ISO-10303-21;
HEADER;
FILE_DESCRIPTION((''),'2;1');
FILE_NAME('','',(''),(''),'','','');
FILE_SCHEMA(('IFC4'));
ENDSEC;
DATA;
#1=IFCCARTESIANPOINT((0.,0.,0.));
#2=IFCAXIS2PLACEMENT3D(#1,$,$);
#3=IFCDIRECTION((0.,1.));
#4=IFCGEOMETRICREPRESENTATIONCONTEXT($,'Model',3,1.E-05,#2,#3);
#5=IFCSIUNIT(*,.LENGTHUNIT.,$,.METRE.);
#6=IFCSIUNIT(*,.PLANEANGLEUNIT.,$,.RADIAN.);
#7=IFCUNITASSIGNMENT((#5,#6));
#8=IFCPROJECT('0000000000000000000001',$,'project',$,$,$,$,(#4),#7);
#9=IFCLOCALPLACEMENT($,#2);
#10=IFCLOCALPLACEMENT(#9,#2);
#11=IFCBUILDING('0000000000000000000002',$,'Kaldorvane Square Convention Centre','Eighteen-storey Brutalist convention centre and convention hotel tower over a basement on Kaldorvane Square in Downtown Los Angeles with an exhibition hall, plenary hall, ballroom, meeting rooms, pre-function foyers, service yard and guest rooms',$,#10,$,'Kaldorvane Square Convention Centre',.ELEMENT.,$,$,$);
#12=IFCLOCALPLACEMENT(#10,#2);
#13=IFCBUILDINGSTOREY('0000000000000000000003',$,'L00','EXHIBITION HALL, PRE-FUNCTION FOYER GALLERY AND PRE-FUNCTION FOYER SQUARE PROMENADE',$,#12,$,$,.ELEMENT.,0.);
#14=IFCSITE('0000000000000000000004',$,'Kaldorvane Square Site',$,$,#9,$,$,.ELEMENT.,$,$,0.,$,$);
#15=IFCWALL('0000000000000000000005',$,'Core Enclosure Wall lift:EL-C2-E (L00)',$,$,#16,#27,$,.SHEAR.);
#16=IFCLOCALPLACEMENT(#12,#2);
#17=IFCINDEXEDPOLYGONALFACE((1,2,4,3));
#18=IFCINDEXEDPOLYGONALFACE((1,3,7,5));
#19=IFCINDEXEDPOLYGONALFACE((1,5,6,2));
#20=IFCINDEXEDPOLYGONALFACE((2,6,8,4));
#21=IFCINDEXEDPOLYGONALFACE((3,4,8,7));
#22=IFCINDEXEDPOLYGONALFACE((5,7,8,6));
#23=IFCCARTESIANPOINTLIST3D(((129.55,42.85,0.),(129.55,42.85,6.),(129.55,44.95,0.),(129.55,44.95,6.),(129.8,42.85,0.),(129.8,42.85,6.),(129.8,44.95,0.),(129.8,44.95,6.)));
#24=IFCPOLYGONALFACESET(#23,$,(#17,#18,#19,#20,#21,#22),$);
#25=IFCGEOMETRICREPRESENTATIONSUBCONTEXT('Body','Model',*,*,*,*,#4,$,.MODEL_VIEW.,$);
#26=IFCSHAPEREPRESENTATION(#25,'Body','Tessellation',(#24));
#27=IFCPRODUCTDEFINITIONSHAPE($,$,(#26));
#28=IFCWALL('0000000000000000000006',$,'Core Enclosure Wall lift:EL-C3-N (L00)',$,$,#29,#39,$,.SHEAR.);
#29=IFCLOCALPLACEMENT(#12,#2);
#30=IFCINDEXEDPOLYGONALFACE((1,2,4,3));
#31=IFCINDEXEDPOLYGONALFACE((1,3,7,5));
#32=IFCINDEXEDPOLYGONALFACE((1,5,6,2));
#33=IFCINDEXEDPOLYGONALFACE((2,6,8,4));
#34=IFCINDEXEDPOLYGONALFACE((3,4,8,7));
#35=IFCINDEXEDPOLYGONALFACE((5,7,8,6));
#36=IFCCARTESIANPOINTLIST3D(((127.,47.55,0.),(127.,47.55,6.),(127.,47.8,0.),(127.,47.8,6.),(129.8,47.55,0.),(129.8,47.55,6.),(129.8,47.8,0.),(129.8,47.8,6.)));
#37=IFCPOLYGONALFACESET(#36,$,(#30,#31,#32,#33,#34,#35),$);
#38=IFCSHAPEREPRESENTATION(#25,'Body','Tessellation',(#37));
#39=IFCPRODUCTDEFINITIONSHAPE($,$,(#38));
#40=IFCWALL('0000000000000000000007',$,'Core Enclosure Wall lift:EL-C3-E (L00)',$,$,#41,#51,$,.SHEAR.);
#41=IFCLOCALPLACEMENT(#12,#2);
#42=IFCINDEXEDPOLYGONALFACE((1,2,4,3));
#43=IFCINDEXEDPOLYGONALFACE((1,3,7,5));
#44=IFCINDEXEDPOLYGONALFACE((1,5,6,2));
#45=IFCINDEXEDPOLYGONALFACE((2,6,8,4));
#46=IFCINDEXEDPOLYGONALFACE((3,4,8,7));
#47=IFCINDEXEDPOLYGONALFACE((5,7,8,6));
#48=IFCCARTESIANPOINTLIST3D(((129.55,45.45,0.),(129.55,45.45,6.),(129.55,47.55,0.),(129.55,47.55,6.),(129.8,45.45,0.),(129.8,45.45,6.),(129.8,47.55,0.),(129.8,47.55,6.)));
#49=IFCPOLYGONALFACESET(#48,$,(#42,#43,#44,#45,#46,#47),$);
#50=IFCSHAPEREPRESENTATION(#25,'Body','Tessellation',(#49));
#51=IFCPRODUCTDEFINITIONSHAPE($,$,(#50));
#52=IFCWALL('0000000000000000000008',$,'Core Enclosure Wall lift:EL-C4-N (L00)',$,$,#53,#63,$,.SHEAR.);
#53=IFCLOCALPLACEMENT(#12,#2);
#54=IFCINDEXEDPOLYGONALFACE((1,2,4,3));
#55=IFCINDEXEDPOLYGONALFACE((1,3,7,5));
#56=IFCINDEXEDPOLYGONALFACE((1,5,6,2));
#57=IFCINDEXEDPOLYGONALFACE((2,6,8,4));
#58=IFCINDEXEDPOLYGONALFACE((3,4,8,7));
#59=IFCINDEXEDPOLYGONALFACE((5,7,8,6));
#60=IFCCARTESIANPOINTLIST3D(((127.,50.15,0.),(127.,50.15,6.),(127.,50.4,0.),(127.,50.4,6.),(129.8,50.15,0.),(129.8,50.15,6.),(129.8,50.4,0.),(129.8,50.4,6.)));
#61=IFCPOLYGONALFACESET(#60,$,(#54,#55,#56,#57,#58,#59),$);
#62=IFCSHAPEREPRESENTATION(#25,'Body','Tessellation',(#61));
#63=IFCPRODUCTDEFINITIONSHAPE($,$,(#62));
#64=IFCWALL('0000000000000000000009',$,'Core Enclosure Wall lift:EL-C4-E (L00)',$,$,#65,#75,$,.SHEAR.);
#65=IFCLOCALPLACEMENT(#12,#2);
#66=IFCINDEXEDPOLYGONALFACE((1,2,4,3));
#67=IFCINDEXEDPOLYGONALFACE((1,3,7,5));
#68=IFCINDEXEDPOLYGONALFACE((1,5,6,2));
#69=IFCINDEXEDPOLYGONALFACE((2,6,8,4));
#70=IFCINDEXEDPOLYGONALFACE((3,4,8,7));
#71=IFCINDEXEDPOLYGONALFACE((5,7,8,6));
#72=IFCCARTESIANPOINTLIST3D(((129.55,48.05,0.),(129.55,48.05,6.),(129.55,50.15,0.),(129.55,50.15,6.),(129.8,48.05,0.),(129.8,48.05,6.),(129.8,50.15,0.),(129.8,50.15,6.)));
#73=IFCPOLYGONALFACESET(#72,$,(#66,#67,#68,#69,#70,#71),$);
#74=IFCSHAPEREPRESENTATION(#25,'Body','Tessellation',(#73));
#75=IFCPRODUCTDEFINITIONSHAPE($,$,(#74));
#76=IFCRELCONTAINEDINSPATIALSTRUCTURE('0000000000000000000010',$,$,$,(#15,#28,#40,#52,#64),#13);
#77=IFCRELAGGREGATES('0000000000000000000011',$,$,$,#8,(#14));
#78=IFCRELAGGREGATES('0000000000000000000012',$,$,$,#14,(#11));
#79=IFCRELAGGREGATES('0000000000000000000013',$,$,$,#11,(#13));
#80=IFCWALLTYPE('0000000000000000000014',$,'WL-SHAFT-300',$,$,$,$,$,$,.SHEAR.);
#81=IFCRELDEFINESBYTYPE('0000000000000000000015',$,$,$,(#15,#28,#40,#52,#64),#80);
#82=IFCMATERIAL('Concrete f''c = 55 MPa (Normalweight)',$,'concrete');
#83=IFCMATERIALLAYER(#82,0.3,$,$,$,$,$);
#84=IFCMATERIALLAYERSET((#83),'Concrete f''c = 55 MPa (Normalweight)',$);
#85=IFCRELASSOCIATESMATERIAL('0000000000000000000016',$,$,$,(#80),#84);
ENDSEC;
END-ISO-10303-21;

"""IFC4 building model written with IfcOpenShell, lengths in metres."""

from ifc_helpers import new_model, si_unit, direction, frame, frame_2d, origin, place, context, subcontext, project, spatial, rectangle, extrude, material, layer, layer_set, type_object, element, save


model = new_model("IFC4")

# Units and contexts
model_context = context("Model", 3, precision=1e-05, world=origin(), true_north=direction((0.0, 1.0)))
body_context = subcontext(model_context, "Body", "Model", "MODEL_VIEW")
ifc_project = project(units=[si_unit("LENGTHUNIT", "METRE"), si_unit("PLANEANGLEUNIT", "RADIAN")], contexts=[model_context])

# Site, building, storey
site_placement = place(None, origin())
site = spatial("IfcSite", under=ifc_project, at=site_placement, Name="Kaldorvane Square Site", CompositionType="ELEMENT", RefElevation=0.0)
building_placement = place(site_placement, origin())
building = spatial("IfcBuilding", under=site, at=building_placement, Name="Kaldorvane Square Convention Centre", Description="Eighteen-storey Brutalist convention centre and convention hotel tower over a basement on Kaldorvane Square in Downtown Los Angeles with an exhibition hall, plenary hall, ballroom, meeting rooms, pre-function foyers, service yard and guest rooms", LongName="Kaldorvane Square Convention Centre", CompositionType="ELEMENT")
storey_placement = place(building_placement, origin())
storey = spatial("IfcBuildingStorey", under=building, at=storey_placement, Name="L00", Description="EXHIBITION HALL, PRE-FUNCTION FOYER GALLERY AND PRE-FUNCTION FOYER SQUARE PROMENADE", CompositionType="ELEMENT", Elevation=0.0)

# Walls
ifc_material_1 = material(Name="Concrete f'c = 55 MPa (Normalweight)", Category="concrete")
ifc_layer_1 = layer(ifc_material_1, 0.3)
ifc_layer_set_1 = layer_set([ifc_layer_1], Name="Concrete f'c = 55 MPa (Normalweight)")
wall_type_1 = type_object("IfcWallType", Name="WL-SHAFT-300", PredefinedType="SHEAR", material=ifc_layer_set_1)
wall_1_placement = place(storey_placement, frame((129.675, 42.85, 0.0), z_axis=(0.0, 0.0, 1.0), x_axis=(0.0, 1.0, 0.0)))
element("IfcWall", 1, at=wall_1_placement, inside=storey, type_object=wall_type_1, Name="Core Enclosure Wall lift:EL-C2-E (L00)", PredefinedType="SHEAR", context=body_context, shape_type="SweptSolid", body=[
    extrude(rectangle(XDim=2.1, YDim=0.25, at=frame_2d((1.05, 0.0))), origin(), (0.0, 0.0, 1.0), 6.0),
])
wall_2_placement = place(storey_placement, frame((129.8, 47.675, 0.0), z_axis=(0.0, 0.0, 1.0), x_axis=(-1.0, 0.0, 0.0)))
element("IfcWall", 2, at=wall_2_placement, inside=storey, type_object=wall_type_1, Name="Core Enclosure Wall lift:EL-C3-N (L00)", PredefinedType="SHEAR", context=body_context, shape_type="SweptSolid", body=[
    extrude(rectangle(XDim=2.8, YDim=0.25, at=frame_2d((1.4, 0.0))), origin(), (0.0, 0.0, 1.0), 6.0),
])
wall_3_placement = place(storey_placement, frame((129.675, 45.45, 0.0), z_axis=(0.0, 0.0, 1.0), x_axis=(0.0, 1.0, 0.0)))
element("IfcWall", 3, at=wall_3_placement, inside=storey, type_object=wall_type_1, Name="Core Enclosure Wall lift:EL-C3-E (L00)", PredefinedType="SHEAR", context=body_context, shape_type="SweptSolid", body=[
    extrude(rectangle(XDim=2.1, YDim=0.25, at=frame_2d((1.05, 0.0))), origin(), (0.0, 0.0, 1.0), 6.0),
])
wall_4_placement = place(storey_placement, frame((129.8, 50.275, 0.0), z_axis=(0.0, 0.0, 1.0), x_axis=(-1.0, 0.0, 0.0)))
element("IfcWall", 4, at=wall_4_placement, inside=storey, type_object=wall_type_1, Name="Core Enclosure Wall lift:EL-C4-N (L00)", PredefinedType="SHEAR", context=body_context, shape_type="SweptSolid", body=[
    extrude(rectangle(XDim=2.8, YDim=0.25, at=frame_2d((1.4, 0.0))), origin(), (0.0, 0.0, 1.0), 6.0),
])
wall_5_placement = place(storey_placement, frame((129.675, 48.05, 0.0), z_axis=(0.0, 0.0, 1.0), x_axis=(0.0, 1.0, 0.0)))
element("IfcWall", 5, at=wall_5_placement, inside=storey, type_object=wall_type_1, Name="Core Enclosure Wall lift:EL-C4-E (L00)", PredefinedType="SHEAR", context=body_context, shape_type="SweptSolid", body=[
    extrude(rectangle(XDim=2.1, YDim=0.25, at=frame_2d((1.05, 0.0))), origin(), (0.0, 0.0, 1.0), 6.0),
])

save(model, "model.ifc")
